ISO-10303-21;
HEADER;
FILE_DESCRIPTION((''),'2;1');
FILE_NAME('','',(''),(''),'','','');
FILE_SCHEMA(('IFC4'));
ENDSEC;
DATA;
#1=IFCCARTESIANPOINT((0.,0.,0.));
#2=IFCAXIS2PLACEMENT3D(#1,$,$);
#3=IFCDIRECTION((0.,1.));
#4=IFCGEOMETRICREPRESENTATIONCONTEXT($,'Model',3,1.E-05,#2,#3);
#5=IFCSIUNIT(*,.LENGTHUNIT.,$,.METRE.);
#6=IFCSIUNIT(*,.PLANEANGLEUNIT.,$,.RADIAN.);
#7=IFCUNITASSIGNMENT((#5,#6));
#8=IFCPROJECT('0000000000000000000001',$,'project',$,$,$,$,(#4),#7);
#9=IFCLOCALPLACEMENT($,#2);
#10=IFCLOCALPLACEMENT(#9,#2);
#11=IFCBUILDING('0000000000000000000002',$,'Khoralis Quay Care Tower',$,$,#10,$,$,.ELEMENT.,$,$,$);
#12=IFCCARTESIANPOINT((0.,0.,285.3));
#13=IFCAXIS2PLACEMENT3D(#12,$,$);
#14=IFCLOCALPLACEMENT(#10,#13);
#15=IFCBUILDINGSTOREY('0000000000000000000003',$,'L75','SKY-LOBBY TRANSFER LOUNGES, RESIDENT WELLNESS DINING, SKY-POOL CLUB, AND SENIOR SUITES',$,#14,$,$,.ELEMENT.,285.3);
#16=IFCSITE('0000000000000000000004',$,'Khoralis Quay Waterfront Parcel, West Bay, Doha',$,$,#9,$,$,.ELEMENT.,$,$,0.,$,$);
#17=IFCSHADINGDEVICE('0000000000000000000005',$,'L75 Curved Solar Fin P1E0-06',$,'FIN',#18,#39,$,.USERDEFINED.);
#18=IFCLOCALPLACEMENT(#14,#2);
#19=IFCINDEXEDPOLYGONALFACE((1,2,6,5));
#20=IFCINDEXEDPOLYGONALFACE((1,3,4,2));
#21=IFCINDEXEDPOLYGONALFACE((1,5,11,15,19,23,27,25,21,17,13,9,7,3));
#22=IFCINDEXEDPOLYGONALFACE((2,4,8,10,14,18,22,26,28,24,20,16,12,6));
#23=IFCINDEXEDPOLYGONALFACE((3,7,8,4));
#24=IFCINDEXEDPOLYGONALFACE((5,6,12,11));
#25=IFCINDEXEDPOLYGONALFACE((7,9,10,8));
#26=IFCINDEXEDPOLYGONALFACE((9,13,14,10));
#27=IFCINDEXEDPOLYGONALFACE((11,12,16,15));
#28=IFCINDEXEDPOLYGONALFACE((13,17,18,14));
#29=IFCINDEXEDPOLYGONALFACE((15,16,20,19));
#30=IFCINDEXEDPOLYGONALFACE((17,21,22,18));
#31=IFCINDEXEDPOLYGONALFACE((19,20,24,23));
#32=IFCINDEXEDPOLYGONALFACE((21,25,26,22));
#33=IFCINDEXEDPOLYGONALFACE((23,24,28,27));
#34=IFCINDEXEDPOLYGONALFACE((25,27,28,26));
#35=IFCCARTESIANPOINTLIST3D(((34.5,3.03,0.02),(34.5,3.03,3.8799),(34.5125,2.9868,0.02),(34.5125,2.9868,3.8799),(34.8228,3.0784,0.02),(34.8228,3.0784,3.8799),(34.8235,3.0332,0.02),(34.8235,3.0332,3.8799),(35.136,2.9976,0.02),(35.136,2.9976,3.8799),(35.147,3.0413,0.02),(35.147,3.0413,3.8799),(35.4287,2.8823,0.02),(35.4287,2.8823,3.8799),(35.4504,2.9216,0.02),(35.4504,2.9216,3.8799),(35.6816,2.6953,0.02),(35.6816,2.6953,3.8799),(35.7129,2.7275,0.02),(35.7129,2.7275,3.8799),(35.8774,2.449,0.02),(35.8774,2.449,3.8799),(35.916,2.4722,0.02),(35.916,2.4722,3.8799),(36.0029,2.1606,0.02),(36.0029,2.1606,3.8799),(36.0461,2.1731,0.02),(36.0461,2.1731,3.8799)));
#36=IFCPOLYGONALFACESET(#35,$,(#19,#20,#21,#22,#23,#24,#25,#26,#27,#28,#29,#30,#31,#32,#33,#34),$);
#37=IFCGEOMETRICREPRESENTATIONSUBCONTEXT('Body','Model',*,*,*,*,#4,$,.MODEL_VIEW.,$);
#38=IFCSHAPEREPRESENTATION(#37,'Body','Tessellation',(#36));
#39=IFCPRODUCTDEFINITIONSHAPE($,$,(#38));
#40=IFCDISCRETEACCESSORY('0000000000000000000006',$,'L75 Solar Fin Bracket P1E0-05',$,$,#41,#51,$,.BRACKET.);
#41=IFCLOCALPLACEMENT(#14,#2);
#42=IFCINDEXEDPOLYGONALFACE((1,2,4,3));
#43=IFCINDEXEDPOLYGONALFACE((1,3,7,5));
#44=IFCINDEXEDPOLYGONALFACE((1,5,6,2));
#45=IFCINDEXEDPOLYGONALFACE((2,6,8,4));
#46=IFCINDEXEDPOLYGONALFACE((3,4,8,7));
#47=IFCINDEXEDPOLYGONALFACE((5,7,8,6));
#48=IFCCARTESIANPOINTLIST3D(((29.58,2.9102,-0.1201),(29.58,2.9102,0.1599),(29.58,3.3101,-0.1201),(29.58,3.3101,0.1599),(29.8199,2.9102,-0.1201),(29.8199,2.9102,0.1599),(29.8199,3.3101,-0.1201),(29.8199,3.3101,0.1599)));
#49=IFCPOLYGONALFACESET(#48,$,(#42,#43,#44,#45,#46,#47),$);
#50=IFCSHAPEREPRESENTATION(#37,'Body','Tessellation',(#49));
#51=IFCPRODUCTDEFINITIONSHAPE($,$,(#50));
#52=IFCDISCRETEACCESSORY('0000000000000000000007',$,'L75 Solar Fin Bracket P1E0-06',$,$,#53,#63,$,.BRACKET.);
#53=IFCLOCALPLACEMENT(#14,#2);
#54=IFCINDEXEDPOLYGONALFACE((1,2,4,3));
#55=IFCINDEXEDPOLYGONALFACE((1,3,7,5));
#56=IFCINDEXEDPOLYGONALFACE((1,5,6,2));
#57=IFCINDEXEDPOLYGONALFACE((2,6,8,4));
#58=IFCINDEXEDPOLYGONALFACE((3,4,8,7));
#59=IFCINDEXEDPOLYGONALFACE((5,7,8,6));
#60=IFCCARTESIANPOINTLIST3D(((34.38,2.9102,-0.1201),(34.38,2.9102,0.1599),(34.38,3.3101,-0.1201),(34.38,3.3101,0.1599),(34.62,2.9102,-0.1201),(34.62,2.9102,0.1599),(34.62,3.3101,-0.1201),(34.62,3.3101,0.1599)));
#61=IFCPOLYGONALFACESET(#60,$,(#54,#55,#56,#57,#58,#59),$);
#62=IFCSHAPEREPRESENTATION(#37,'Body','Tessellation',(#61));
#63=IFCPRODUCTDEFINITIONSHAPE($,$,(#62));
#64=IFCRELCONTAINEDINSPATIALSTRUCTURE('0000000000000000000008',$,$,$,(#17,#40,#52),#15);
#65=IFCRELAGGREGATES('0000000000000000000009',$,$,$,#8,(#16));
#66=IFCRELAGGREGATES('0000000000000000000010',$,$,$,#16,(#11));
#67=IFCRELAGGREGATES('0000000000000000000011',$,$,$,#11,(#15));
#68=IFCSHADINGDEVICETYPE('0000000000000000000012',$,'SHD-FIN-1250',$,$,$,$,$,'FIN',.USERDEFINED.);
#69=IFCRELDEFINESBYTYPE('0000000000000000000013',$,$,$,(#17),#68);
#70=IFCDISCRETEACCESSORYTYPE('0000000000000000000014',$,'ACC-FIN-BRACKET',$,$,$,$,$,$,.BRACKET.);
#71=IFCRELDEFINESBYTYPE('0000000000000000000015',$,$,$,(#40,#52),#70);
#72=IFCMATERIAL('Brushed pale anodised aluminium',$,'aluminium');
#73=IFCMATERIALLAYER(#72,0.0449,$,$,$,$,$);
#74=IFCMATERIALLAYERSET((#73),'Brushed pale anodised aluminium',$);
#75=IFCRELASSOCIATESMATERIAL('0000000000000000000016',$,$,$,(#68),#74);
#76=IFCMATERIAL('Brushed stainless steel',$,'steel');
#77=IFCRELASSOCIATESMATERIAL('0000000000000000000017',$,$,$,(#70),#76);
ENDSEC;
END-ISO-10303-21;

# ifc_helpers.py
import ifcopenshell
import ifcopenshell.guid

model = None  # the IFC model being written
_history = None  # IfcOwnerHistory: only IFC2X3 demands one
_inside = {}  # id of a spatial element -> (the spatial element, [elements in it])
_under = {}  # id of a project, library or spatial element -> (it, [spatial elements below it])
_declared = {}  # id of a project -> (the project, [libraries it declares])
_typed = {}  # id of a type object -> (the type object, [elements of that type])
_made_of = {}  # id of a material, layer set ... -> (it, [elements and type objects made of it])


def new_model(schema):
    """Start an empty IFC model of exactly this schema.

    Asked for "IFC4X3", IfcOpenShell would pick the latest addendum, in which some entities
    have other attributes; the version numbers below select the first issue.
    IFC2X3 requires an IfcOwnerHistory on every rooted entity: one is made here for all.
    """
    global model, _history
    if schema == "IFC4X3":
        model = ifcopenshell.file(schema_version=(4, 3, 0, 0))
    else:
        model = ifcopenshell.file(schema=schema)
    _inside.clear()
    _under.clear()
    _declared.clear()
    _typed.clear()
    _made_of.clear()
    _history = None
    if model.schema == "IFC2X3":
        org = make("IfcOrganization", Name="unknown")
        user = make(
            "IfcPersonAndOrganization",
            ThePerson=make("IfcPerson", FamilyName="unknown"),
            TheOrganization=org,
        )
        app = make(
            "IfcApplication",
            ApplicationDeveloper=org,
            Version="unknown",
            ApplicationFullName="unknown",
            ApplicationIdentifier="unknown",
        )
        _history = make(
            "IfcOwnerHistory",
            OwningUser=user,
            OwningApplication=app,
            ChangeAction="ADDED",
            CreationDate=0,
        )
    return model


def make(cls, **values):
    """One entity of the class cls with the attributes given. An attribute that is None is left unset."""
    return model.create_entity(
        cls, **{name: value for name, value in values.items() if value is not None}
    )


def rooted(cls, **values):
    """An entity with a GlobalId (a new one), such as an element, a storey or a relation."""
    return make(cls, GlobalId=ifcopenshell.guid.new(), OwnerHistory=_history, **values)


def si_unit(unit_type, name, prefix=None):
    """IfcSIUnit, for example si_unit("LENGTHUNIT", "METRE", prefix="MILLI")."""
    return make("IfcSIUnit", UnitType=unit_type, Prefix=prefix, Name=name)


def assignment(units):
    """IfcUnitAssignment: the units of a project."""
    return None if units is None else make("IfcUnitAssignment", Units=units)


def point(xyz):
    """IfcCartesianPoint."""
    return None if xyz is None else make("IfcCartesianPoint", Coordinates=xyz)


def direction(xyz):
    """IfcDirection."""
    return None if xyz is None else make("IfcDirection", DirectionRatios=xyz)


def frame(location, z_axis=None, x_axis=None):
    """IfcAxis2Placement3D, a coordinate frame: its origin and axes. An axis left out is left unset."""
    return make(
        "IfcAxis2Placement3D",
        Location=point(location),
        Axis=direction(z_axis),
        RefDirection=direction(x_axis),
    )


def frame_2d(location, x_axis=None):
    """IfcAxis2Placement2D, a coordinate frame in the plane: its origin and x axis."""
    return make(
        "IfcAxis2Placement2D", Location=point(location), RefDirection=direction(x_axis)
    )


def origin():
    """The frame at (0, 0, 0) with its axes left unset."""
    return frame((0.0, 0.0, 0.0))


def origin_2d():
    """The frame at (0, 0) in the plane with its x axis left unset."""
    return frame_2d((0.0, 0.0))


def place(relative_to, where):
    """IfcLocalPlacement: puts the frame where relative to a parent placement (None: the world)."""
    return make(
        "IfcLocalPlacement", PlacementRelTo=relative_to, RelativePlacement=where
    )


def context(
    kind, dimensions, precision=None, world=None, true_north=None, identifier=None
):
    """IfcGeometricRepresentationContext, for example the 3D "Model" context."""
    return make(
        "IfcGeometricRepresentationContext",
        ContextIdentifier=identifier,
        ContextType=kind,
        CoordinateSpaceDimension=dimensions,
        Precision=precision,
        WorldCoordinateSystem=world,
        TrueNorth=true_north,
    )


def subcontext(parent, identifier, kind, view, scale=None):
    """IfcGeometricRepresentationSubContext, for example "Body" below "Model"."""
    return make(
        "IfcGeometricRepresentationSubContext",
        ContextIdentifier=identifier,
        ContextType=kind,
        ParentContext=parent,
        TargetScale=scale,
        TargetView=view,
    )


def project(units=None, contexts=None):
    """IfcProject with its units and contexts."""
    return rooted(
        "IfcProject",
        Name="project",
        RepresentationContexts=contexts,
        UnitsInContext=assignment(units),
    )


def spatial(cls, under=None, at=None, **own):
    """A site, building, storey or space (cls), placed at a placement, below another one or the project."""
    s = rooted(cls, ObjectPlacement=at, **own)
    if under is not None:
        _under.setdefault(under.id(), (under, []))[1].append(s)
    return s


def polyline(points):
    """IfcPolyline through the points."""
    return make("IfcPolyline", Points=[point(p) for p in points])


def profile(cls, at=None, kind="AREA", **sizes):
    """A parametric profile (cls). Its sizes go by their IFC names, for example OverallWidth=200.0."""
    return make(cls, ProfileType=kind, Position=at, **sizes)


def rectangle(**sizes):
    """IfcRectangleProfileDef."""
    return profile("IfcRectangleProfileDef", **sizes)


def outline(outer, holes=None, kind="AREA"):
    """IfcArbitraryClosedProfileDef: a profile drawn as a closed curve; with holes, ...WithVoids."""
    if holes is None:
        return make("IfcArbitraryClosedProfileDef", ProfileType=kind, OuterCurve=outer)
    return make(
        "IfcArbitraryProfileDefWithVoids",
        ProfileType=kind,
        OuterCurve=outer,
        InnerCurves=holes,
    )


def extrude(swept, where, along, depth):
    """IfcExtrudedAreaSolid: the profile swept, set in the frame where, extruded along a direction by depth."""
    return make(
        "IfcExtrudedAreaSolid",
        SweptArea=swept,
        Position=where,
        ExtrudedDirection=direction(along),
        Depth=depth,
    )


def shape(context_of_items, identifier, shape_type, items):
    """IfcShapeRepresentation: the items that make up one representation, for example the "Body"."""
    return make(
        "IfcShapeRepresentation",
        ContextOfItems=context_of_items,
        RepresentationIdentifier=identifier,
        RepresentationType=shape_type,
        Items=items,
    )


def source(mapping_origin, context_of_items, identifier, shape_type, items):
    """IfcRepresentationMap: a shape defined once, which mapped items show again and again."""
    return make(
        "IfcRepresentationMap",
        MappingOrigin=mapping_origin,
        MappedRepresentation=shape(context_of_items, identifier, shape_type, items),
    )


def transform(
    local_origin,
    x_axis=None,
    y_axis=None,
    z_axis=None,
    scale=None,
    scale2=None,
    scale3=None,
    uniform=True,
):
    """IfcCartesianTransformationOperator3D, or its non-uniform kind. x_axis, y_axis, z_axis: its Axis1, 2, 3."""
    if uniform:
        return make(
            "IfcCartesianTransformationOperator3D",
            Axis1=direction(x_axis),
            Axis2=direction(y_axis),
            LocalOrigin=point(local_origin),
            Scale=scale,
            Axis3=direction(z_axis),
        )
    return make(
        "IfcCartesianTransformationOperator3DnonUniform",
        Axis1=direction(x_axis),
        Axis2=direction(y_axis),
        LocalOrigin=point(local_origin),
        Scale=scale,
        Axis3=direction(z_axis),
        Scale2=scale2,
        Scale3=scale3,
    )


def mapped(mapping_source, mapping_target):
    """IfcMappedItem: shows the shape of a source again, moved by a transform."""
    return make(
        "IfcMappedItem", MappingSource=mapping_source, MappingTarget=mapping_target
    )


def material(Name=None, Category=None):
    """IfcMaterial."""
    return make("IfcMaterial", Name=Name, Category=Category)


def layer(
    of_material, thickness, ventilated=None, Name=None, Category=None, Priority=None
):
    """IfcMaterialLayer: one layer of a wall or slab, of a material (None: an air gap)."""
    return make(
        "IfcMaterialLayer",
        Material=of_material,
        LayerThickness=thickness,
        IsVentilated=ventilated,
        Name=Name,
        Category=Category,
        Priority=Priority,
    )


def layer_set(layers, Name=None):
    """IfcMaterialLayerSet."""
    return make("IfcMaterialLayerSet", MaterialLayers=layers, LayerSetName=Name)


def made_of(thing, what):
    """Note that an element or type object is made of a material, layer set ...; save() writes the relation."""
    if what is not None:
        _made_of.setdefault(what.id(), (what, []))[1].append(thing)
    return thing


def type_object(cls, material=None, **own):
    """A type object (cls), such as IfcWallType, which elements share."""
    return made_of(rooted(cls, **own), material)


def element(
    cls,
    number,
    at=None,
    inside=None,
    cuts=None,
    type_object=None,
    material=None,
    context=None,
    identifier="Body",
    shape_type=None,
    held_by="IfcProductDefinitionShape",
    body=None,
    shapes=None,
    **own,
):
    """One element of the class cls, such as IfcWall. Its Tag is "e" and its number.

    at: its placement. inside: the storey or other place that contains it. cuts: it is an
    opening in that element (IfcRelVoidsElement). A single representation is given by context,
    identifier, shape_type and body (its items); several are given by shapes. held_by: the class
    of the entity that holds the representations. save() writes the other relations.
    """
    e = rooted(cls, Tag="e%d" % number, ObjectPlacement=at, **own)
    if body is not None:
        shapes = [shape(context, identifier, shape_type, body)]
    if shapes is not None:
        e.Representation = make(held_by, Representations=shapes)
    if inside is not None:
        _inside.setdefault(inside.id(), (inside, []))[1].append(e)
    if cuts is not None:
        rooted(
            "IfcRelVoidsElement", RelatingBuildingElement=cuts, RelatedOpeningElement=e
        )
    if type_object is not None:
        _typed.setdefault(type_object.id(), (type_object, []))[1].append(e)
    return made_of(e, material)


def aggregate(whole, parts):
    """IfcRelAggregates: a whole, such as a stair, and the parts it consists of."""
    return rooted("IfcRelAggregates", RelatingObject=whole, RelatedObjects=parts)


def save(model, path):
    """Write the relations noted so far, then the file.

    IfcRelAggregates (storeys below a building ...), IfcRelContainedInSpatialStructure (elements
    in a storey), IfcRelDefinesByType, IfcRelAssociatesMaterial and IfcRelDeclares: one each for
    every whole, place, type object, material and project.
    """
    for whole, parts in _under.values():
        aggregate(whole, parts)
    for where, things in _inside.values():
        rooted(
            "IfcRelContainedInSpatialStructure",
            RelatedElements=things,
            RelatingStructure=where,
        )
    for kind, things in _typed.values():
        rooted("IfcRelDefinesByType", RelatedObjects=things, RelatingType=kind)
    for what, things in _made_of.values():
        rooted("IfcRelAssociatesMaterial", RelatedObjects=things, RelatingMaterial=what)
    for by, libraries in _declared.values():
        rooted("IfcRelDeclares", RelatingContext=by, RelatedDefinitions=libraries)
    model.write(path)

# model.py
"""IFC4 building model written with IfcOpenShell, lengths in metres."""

from ifc_helpers import new_model, si_unit, direction, frame, origin, origin_2d, place, context, subcontext, project, spatial, polyline, rectangle, outline, extrude, source, transform, mapped, material, layer, layer_set, type_object, element, save


model = new_model("IFC4")

# Units and contexts
model_context = context("Model", 3, precision=1e-05, world=origin(), true_north=direction((0.0, 1.0)))
body_context = subcontext(model_context, "Body", "Model", "MODEL_VIEW")
ifc_project = project(units=[si_unit("LENGTHUNIT", "METRE"), si_unit("PLANEANGLEUNIT", "RADIAN")], contexts=[model_context])

# Site, building, storey
site_placement = place(None, origin())
site = spatial("IfcSite", under=ifc_project, at=site_placement, Name="Khoralis Quay Waterfront Parcel, West Bay, Doha", CompositionType="ELEMENT", RefElevation=0.0)
building_placement = place(site_placement, origin())
building = spatial("IfcBuilding", under=site, at=building_placement, Name="Khoralis Quay Care Tower", CompositionType="ELEMENT")
storey_placement = place(building_placement, frame((0.0, 0.0, 285.3)))
storey = spatial("IfcBuildingStorey", under=building, at=storey_placement, Name="L75", Description="SKY-LOBBY TRANSFER LOUNGES, RESIDENT WELLNESS DINING, SKY-POOL CLUB, AND SENIOR SUITES", CompositionType="ELEMENT", Elevation=285.3)

# Shading device
ifc_material_1 = material(Name="Brushed pale anodised aluminium", Category="aluminium")
ifc_layer_1 = layer(ifc_material_1, 0.0449)
ifc_layer_set_1 = layer_set([ifc_layer_1], Name="Brushed pale anodised aluminium")
shading_device_type = type_object("IfcShadingDeviceType", Name="SHD-FIN-1250", ElementType="FIN", PredefinedType="USERDEFINED", material=ifc_layer_set_1)
shared_shape_1 = source(origin(), body_context, "Body", "SweptSolid", [
    extrude(outline(polyline([(0.0, 0.0), (-0.0483, 0.3228), (-0.0112, 0.647), (0.1084, 0.9504), (0.3025, 1.2129), (0.5579, 1.416), (0.8569, 1.5461), (0.8694, 1.5029), (0.5811, 1.3774), (0.3347, 1.1816), (0.1477, 0.9287), (0.0325, 0.636), (-0.0032, 0.3235), (0.0432, 0.0125), (0.0, 0.0)])), origin(), (0.0, 0.0, 1.0), 3.8599),
])
shading_device_1_placement = place(storey_placement, frame((34.5, 3.03, 0.02), z_axis=(0.0, 0.0, 1.0), x_axis=(0.0, -1.0, 0.0)))
element("IfcShadingDevice", 1, at=shading_device_1_placement, inside=storey, type_object=shading_device_type, Name="L75 Curved Solar Fin P1E0-06", ObjectType="FIN", PredefinedType="USERDEFINED", context=body_context, shape_type="MappedRepresentation", body=[
    mapped(shared_shape_1, transform((0.0, 0.0, 0.0), scale=1.0)),
])

# Discrete accessories
ifc_material_2 = material(Name="Brushed stainless steel", Category="steel")
discrete_accessory_type = type_object("IfcDiscreteAccessoryType", Name="ACC-FIN-BRACKET", PredefinedType="BRACKET", material=ifc_material_2)
shared_shape_2 = source(origin(), body_context, "Body", "SweptSolid", [
    extrude(rectangle(XDim=0.3999, YDim=0.24, at=origin_2d()), origin(), (0.0, 0.0, 1.0), 0.28),
])
for number, where, z_axis, x_axis, name in (
    (2, (29.7, 3.1101, -0.1201), (0.0, 0.0, 1.0), (0.0, -1.0, 0.0), "L75 Solar Fin Bracket P1E0-05"),
    (3, (34.5, 3.1101, -0.1201), (0.0, 0.0, 1.0), (0.0, -1.0, 0.0), "L75 Solar Fin Bracket P1E0-06"),
):
    element("IfcDiscreteAccessory", number, at=place(storey_placement, frame(where, z_axis=z_axis, x_axis=x_axis)), inside=storey, type_object=discrete_accessory_type, Name=name, PredefinedType="BRACKET", context=body_context, shape_type="MappedRepresentation", body=[
        mapped(shared_shape_2, transform((0.0, 0.0, 0.0), scale=1.0)),
    ])

save(model, "model.ifc")
